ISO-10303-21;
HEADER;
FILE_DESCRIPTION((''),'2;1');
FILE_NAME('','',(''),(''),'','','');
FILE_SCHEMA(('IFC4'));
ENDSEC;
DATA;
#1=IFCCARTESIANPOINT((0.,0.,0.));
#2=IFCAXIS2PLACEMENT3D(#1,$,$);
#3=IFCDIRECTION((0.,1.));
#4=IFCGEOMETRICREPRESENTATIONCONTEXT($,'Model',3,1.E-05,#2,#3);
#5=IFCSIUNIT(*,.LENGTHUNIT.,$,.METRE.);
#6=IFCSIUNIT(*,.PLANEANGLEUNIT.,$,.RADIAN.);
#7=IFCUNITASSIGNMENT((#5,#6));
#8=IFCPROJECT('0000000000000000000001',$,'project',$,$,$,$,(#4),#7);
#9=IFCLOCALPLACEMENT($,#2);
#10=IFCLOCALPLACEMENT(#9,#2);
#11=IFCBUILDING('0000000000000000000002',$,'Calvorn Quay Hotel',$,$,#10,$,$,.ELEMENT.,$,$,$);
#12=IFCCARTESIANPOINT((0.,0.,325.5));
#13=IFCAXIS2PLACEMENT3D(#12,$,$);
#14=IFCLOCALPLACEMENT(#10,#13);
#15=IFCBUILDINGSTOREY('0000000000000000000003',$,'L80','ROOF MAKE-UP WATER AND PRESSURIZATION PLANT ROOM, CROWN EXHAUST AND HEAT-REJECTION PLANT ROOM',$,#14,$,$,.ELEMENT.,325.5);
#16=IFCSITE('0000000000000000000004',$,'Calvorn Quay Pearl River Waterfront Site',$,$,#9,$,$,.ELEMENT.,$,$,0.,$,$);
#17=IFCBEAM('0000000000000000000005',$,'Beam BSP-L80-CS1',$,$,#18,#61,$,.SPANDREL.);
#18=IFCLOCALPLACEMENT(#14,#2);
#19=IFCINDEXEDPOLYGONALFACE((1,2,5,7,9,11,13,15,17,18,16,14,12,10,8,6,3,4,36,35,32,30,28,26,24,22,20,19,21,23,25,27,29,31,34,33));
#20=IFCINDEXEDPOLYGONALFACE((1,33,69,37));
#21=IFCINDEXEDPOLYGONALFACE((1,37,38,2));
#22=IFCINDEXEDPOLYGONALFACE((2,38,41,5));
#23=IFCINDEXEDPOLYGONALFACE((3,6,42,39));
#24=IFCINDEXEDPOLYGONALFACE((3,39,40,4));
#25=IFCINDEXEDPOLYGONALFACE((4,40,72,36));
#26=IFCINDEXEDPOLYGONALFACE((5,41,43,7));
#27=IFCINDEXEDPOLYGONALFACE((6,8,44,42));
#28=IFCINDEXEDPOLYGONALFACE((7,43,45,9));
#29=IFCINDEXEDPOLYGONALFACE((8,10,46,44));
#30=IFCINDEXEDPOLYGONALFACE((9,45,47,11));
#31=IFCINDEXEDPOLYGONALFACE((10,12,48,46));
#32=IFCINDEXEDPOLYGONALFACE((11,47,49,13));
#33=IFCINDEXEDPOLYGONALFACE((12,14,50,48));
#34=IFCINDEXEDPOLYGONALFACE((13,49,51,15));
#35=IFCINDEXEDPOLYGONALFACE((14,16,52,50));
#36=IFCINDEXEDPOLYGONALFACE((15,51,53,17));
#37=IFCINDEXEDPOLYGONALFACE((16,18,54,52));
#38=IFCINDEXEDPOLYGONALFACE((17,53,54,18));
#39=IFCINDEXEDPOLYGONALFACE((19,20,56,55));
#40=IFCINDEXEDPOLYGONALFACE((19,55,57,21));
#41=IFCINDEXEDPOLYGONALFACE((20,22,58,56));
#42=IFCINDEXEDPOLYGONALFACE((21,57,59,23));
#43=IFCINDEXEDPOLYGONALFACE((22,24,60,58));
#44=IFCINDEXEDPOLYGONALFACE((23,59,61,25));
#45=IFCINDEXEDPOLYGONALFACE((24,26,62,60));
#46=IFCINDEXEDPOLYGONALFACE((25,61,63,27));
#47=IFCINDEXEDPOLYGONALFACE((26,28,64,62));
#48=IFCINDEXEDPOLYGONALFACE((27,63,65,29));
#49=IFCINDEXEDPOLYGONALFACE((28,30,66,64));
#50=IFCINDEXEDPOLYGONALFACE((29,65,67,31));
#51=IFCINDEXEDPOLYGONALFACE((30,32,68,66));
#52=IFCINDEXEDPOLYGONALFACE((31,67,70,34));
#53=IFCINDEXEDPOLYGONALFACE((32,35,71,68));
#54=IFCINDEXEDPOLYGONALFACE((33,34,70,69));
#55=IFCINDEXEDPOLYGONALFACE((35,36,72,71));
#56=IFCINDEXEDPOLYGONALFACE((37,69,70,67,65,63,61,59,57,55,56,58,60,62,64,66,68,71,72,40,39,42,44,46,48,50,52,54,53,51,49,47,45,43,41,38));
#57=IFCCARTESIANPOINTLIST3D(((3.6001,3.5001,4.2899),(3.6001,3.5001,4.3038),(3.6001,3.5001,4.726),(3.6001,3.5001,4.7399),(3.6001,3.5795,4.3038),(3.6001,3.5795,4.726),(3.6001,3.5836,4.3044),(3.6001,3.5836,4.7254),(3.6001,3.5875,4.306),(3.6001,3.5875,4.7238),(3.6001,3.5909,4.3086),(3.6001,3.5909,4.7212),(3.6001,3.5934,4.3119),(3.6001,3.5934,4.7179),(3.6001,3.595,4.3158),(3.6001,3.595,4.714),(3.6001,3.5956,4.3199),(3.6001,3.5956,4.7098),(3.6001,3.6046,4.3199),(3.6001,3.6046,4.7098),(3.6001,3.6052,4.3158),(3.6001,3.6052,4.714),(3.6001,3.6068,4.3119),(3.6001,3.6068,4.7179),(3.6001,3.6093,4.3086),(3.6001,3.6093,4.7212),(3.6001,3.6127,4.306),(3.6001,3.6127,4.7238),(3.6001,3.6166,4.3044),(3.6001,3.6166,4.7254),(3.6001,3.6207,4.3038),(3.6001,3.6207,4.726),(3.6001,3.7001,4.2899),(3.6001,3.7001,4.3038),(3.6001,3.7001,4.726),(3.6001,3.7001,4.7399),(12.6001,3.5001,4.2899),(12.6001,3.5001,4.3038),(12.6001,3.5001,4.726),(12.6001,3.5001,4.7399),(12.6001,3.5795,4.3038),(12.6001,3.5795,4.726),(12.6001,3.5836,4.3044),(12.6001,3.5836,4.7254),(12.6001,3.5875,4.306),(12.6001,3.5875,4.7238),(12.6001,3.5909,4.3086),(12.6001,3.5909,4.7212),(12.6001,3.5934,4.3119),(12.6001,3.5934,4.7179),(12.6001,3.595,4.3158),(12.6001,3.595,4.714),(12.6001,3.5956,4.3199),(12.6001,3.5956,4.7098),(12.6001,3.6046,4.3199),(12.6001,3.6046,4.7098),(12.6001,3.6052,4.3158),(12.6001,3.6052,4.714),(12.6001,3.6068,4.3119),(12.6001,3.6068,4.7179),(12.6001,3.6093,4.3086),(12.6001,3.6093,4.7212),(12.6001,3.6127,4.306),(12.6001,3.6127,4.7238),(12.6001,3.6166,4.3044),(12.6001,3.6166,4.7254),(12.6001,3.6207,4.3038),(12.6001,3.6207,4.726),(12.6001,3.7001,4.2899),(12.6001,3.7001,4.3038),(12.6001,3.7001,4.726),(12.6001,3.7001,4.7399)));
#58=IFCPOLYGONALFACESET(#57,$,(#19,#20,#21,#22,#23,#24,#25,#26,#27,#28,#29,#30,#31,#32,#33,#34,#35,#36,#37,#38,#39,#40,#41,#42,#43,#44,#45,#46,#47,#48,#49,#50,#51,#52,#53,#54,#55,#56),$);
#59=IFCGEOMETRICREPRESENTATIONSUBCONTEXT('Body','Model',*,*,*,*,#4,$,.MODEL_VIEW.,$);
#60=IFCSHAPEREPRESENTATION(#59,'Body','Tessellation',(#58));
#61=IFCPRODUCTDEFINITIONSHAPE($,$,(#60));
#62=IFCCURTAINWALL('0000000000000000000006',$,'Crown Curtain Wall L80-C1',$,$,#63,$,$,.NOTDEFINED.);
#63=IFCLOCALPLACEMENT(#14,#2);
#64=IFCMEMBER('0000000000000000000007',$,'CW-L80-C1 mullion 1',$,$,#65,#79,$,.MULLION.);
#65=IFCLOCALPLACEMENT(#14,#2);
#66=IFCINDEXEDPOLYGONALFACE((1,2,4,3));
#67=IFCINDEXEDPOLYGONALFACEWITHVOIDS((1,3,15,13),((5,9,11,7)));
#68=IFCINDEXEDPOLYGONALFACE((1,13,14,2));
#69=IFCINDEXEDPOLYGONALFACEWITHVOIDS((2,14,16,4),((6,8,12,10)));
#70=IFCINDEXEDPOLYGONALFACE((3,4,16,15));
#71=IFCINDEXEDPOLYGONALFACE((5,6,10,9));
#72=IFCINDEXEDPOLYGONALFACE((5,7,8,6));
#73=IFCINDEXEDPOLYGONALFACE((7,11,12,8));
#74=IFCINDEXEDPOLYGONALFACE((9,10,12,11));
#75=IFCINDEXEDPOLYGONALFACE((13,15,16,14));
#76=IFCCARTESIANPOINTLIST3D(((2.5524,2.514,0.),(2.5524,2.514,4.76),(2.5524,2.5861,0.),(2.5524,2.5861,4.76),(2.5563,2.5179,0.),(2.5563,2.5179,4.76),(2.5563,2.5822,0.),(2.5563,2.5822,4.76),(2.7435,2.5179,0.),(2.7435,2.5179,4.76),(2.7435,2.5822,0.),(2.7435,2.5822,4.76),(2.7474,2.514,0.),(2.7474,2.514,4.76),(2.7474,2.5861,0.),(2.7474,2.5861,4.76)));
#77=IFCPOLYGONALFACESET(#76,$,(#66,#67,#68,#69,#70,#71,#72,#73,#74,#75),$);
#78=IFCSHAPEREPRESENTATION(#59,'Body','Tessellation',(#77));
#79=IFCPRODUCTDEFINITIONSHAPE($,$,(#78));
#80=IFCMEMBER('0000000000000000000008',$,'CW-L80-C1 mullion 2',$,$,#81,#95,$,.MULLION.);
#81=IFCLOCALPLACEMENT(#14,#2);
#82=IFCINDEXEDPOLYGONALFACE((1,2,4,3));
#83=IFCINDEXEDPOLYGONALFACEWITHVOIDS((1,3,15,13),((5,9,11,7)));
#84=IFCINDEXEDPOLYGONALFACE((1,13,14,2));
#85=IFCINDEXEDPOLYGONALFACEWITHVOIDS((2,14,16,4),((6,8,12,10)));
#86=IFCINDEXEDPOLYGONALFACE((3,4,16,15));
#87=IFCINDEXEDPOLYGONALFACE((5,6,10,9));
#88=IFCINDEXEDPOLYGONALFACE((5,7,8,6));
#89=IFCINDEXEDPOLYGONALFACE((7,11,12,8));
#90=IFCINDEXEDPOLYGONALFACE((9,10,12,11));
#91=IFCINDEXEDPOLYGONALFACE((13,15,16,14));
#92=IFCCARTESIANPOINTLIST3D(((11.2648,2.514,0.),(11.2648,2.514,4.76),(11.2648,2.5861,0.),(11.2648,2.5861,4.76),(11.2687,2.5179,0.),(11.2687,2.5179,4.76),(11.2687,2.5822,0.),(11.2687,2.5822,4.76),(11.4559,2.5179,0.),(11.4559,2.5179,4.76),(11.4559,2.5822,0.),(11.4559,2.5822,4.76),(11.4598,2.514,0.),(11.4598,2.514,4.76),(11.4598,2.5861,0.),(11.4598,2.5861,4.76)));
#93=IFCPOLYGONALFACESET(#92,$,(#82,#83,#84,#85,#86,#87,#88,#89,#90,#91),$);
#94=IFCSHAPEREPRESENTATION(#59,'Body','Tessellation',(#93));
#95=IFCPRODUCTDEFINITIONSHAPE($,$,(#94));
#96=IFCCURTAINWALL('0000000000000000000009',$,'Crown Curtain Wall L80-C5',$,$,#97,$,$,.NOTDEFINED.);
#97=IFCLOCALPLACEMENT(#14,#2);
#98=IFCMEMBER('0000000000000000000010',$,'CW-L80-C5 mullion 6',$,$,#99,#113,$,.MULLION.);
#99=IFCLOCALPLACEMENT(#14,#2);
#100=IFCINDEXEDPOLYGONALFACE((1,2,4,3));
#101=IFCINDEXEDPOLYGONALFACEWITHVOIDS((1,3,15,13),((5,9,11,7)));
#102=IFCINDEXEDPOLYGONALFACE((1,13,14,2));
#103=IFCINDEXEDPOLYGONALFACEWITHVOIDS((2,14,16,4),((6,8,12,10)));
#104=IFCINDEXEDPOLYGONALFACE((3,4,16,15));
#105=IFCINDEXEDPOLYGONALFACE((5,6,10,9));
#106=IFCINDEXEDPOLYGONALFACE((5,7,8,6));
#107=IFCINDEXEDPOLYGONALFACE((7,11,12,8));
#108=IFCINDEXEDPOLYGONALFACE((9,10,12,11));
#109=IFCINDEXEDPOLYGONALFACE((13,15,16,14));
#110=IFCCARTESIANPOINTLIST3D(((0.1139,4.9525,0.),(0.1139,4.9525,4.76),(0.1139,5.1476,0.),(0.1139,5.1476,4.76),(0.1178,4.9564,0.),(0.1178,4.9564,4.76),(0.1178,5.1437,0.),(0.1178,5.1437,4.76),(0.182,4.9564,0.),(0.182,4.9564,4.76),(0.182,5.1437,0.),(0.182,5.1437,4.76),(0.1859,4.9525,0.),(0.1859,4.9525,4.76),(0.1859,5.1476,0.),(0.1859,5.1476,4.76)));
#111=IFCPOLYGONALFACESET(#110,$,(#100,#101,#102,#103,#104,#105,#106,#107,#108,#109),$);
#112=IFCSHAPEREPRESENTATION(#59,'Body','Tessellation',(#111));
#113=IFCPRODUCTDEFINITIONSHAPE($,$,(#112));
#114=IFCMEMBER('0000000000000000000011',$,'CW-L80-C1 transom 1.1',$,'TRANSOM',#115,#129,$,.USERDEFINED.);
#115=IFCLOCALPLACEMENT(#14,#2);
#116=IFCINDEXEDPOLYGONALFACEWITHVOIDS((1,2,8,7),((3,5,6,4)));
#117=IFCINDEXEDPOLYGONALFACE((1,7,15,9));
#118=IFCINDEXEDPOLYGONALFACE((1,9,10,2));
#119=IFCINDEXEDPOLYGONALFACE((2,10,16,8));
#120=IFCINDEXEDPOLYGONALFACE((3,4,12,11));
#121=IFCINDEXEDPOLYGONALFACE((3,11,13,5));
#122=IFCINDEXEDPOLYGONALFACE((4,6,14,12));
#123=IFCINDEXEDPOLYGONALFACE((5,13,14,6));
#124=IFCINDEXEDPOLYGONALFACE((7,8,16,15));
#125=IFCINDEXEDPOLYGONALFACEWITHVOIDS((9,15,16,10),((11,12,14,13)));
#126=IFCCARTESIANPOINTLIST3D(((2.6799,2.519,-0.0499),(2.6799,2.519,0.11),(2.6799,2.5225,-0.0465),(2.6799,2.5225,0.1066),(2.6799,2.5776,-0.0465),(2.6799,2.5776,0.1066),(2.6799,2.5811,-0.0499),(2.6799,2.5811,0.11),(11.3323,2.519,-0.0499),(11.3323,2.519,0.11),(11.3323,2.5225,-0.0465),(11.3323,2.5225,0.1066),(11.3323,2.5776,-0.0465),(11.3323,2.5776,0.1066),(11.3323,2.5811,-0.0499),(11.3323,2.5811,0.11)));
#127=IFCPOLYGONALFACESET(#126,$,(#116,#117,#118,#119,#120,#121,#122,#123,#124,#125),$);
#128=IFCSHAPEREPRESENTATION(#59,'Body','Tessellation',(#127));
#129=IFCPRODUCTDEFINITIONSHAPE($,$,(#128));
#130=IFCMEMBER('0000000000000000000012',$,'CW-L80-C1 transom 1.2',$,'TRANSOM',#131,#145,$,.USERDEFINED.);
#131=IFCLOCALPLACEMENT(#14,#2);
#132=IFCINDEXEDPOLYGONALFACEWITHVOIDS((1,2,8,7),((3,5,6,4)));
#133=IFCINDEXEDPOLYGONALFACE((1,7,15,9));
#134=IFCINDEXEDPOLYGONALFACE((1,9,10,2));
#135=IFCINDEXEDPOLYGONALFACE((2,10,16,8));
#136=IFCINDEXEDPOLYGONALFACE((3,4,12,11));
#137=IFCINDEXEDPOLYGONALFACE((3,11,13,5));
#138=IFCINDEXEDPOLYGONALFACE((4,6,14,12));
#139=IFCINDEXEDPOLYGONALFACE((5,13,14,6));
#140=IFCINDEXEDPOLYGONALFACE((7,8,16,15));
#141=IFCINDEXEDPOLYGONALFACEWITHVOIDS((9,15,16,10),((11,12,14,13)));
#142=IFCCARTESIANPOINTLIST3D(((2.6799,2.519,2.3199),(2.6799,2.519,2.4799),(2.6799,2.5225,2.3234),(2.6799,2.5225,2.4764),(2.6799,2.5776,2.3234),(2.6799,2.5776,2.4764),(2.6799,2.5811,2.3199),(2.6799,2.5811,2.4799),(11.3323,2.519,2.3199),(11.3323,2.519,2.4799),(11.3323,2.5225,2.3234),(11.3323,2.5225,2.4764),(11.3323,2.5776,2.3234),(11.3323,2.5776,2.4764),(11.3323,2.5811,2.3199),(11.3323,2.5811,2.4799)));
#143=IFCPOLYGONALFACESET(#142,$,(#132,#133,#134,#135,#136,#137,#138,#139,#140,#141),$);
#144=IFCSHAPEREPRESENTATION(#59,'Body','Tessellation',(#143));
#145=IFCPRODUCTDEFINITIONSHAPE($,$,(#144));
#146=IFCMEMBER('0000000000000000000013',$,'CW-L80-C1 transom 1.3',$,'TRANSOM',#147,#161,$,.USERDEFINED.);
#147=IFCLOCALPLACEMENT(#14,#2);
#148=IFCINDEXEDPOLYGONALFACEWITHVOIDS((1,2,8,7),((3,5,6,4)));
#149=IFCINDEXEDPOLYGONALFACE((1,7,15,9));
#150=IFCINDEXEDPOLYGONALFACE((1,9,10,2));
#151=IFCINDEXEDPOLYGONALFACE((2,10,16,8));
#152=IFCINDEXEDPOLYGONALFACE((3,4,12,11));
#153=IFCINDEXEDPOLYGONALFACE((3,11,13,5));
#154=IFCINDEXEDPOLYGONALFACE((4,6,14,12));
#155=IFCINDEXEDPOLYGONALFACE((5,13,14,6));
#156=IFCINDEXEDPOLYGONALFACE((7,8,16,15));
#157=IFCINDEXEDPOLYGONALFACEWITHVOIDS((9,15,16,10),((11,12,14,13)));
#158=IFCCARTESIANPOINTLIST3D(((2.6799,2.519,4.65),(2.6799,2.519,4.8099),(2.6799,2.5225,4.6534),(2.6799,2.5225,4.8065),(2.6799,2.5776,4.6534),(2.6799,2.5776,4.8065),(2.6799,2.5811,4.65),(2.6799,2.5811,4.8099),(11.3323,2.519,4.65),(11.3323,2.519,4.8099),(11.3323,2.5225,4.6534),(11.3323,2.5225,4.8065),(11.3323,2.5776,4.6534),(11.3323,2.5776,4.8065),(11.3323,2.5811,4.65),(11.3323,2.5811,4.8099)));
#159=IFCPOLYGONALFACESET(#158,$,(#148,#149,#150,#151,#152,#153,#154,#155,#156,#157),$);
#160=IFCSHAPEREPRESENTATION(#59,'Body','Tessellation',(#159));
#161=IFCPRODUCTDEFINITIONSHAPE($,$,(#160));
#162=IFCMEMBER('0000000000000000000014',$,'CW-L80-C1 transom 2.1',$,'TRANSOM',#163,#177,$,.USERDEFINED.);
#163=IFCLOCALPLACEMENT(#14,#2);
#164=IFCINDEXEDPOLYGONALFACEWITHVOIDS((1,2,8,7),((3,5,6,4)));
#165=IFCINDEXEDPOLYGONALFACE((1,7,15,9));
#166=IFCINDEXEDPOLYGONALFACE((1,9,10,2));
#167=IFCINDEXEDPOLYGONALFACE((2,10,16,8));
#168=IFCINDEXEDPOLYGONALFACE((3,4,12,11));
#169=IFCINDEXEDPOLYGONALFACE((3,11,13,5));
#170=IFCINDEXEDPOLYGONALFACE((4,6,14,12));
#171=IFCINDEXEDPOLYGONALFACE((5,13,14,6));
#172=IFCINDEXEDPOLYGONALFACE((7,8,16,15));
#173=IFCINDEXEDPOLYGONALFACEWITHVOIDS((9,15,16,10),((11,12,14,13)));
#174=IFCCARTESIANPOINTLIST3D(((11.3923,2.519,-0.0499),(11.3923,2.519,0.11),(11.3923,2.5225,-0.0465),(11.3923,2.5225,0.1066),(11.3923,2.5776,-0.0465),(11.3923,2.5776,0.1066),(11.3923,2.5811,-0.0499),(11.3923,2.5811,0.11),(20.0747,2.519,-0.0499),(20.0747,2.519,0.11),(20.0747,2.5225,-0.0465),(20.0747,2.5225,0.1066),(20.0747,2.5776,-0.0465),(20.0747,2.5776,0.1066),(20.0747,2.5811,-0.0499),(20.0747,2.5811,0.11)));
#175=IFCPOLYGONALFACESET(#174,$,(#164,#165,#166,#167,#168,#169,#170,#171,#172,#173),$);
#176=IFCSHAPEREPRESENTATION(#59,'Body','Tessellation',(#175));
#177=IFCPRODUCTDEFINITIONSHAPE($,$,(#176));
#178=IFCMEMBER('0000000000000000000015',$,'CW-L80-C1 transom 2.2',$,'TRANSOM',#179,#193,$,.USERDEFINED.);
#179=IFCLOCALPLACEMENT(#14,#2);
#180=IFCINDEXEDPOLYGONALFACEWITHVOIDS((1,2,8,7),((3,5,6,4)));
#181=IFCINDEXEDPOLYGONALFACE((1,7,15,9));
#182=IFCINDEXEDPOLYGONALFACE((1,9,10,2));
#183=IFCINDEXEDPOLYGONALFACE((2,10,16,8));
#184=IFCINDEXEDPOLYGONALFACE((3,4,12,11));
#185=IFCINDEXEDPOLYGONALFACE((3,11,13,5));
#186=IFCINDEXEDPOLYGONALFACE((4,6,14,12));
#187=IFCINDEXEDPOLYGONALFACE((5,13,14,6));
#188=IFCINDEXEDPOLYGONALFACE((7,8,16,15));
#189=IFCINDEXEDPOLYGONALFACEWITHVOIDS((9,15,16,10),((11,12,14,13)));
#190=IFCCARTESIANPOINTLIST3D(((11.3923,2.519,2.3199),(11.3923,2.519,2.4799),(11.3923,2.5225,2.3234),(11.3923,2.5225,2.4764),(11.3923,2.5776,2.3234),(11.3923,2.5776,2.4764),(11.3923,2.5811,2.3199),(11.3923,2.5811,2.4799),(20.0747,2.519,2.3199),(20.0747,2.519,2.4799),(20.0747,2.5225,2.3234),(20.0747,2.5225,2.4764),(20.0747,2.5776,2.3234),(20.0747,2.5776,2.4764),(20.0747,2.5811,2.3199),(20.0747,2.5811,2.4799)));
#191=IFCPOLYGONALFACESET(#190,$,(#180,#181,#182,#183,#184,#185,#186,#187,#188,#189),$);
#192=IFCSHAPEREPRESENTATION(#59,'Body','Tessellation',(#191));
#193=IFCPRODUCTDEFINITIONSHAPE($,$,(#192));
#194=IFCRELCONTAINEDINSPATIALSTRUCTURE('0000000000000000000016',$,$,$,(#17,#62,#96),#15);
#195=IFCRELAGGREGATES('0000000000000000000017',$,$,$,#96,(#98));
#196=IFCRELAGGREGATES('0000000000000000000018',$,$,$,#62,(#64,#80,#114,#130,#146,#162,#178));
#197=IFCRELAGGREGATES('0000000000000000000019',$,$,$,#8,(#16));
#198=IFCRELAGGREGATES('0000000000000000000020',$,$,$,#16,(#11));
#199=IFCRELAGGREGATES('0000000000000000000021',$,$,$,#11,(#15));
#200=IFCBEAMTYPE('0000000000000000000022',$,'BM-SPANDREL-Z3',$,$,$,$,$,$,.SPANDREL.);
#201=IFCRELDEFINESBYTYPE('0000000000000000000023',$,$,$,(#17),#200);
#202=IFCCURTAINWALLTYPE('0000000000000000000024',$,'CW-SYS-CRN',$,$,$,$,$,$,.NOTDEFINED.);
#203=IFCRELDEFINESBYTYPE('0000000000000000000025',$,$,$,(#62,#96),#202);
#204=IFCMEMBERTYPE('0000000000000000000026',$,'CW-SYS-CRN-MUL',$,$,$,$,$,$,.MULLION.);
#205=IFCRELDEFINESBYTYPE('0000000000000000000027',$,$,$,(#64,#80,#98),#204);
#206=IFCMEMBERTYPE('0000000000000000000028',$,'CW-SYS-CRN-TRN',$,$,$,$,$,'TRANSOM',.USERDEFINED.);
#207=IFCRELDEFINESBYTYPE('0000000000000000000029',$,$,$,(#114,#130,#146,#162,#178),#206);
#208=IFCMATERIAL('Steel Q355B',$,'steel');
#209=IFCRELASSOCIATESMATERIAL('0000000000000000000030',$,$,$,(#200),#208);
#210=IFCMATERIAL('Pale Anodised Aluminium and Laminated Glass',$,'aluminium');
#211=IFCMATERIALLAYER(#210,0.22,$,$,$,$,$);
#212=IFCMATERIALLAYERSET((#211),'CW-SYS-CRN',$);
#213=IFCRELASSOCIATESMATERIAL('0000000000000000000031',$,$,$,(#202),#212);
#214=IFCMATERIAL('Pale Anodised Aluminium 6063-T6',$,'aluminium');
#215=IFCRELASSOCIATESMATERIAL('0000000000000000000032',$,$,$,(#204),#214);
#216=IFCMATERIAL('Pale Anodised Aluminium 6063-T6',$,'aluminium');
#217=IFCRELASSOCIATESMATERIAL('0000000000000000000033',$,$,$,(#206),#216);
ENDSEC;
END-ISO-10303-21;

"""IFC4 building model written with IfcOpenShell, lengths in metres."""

from ifc_helpers import new_model, si_unit, direction, frame, origin, origin_2d, place, context, subcontext, project, spatial, hollow_rectangle, i_section, extrude, material, layer, layer_set, material_profile, profile_set, type_object, element, aggregate, save


model = new_model("IFC4")

# Units and contexts
model_context = context("Model", 3, precision=1e-05, world=origin(), true_north=direction((0.0, 1.0)))
body_context = subcontext(model_context, "Body", "Model", "MODEL_VIEW")
ifc_project = project(units=[si_unit("LENGTHUNIT", "METRE"), si_unit("PLANEANGLEUNIT", "RADIAN")], contexts=[model_context])

# Site, building, storey
site_placement = place(None, origin())
site = spatial("IfcSite", under=ifc_project, at=site_placement, Name="Calvorn Quay Pearl River Waterfront Site", CompositionType="ELEMENT", RefElevation=0.0)
building_placement = place(site_placement, origin())
building = spatial("IfcBuilding", under=site, at=building_placement, Name="Calvorn Quay Hotel", CompositionType="ELEMENT")
storey_placement = place(building_placement, frame((0.0, 0.0, 325.5)))
storey = spatial("IfcBuildingStorey", under=building, at=storey_placement, Name="L80", Description="ROOF MAKE-UP WATER AND PRESSURIZATION PLANT ROOM, CROWN EXHAUST AND HEAT-REJECTION PLANT ROOM", CompositionType="ELEMENT", Elevation=325.5)

# Beam
ifc_material_1 = material(Name="Steel Q355B", Category="steel")
ifc_material_profile_1 = material_profile(ifc_material_1, i_section(OverallWidth=0.2, OverallDepth=0.45, WebThickness=0.009, FlangeThickness=0.0139, FilletRadius=0.0161, at=origin_2d()), Name="HN450x200x9x14")
ifc_profile_set_1 = profile_set([ifc_material_profile_1], Name="Steel Q355B")
beam_type_1 = type_object("IfcBeamType", Name="BM-SPANDREL-Z3", PredefinedType="SPANDREL", material=ifc_profile_set_1)
beam_1_placement = place(storey_placement, frame((3.6001, 3.6001, 4.5149), z_axis=(1.0, 0.0, 0.0), x_axis=(0.0, 1.0, 0.0)))
element("IfcBeam", 1, at=beam_1_placement, inside=storey, type_object=beam_type_1, Name="Beam BSP-L80-CS1", PredefinedType="SPANDREL", context=body_context, shape_type="SweptSolid", body=[
    extrude(i_section(OverallWidth=0.2, OverallDepth=0.45, WebThickness=0.009, FlangeThickness=0.0139, FilletRadius=0.0161, at=origin_2d()), origin(), (0.0, 0.0, 1.0), 9.0),
])

# Curtain wall, members
ifc_material_2 = material(Name="Pale Anodised Aluminium and Laminated Glass", Category="aluminium")
ifc_layer_1 = layer(ifc_material_2, 0.22)
ifc_layer_set_1 = layer_set([ifc_layer_1], Name="CW-SYS-CRN")
curtain_wall_type = type_object("IfcCurtainWallType", Name="CW-SYS-CRN", PredefinedType="NOTDEFINED", material=ifc_layer_set_1)
curtain_wall_1_placement = place(storey_placement, origin())
curtain_wall_1 = element("IfcCurtainWall", 2, at=curtain_wall_1_placement, inside=storey, type_object=curtain_wall_type, Name="Crown Curtain Wall L80-C1", PredefinedType="NOTDEFINED")
ifc_material_3 = material(Name="Pale Anodised Aluminium 6063-T6", Category="aluminium")
ifc_material_profile_2 = material_profile(ifc_material_3, hollow_rectangle(XDim=0.072, YDim=0.1951, WallThickness=0.0039, at=origin_2d()), Name="ALU-M195x72x4")
ifc_profile_set_2 = profile_set([ifc_material_profile_2], Name="Pale Anodised Aluminium 6063-T6")
member_type_1 = type_object("IfcMemberType", Name="CW-SYS-CRN-MUL", PredefinedType="MULLION", material=ifc_profile_set_2)
member_1_placement = place(storey_placement, frame((2.6499, 2.55, 0.0), z_axis=(0.0, 0.0, 1.0), x_axis=(0.0, 1.0, 0.0)))
member_1 = element("IfcMember", 3, at=member_1_placement, type_object=member_type_1, Name="CW-L80-C1 mullion 1", PredefinedType="MULLION", context=body_context, shape_type="SweptSolid", body=[
    extrude(hollow_rectangle(XDim=0.072, YDim=0.1951, WallThickness=0.0039, at=origin_2d()), origin(), (0.0, 0.0, 1.0), 4.76),
])
member_2_placement = place(storey_placement, frame((11.3623, 2.55, 0.0), z_axis=(0.0, 0.0, 1.0), x_axis=(0.0, 1.0, 0.0)))
member_2 = element("IfcMember", 4, at=member_2_placement, type_object=member_type_1, Name="CW-L80-C1 mullion 2", PredefinedType="MULLION", context=body_context, shape_type="SweptSolid", body=[
    extrude(hollow_rectangle(XDim=0.072, YDim=0.1951, WallThickness=0.0039, at=origin_2d()), origin(), (0.0, 0.0, 1.0), 4.76),
])

# Curtain wall, member
curtain_wall_2_placement = place(storey_placement, origin())
curtain_wall_2 = element("IfcCurtainWall", 5, at=curtain_wall_2_placement, inside=storey, type_object=curtain_wall_type, Name="Crown Curtain Wall L80-C5", PredefinedType="NOTDEFINED")
member_3_placement = place(storey_placement, frame((0.1499, 5.05, 0.0), z_axis=(0.0, 0.0, 1.0), x_axis=(1.0, 0.0, 0.0)))
member_3 = element("IfcMember", 6, at=member_3_placement, type_object=member_type_1, Name="CW-L80-C5 mullion 6", PredefinedType="MULLION", context=body_context, shape_type="SweptSolid", body=[
    extrude(hollow_rectangle(XDim=0.072, YDim=0.1951, WallThickness=0.0039, at=origin_2d()), origin(), (0.0, 0.0, 1.0), 4.76),
])
aggregate(curtain_wall_2, [member_3])

# Members
ifc_material_4 = material(Name="Pale Anodised Aluminium 6063-T6", Category="aluminium")
ifc_material_profile_3 = material_profile(ifc_material_4, hollow_rectangle(XDim=0.062, YDim=0.1599, WallThickness=0.0034, at=origin_2d()), Name="ALU-T160x62x3.5")
ifc_profile_set_3 = profile_set([ifc_material_profile_3], Name="Pale Anodised Aluminium 6063-T6")
member_type_2 = type_object("IfcMemberType", Name="CW-SYS-CRN-TRN", ElementType="TRANSOM", PredefinedType="USERDEFINED", material=ifc_profile_set_3)
member_4_placement = place(storey_placement, frame((2.6799, 2.55, 0.03), z_axis=(1.0, 0.0, 0.0), x_axis=(0.0, 1.0, 0.0)))
member_4 = element("IfcMember", 7, at=member_4_placement, type_object=member_type_2, Name="CW-L80-C1 transom 1.1", ObjectType="TRANSOM", PredefinedType="USERDEFINED", context=body_context, shape_type="SweptSolid", body=[
    extrude(hollow_rectangle(XDim=0.062, YDim=0.1599, WallThickness=0.0034, at=origin_2d()), origin(), (0.0, 0.0, 1.0), 8.6523),
])
member_5_placement = place(storey_placement, frame((2.6799, 2.55, 2.3999), z_axis=(1.0, 0.0, 0.0), x_axis=(0.0, 1.0, 0.0)))
member_5 = element("IfcMember", 8, at=member_5_placement, type_object=member_type_2, Name="CW-L80-C1 transom 1.2", ObjectType="TRANSOM", PredefinedType="USERDEFINED", context=body_context, shape_type="SweptSolid", body=[
    extrude(hollow_rectangle(XDim=0.062, YDim=0.1599, WallThickness=0.0034, at=origin_2d()), origin(), (0.0, 0.0, 1.0), 8.6523),
])
member_6_placement = place(storey_placement, frame((2.6799, 2.55, 4.73), z_axis=(1.0, 0.0, 0.0), x_axis=(0.0, 1.0, 0.0)))
member_6 = element("IfcMember", 9, at=member_6_placement, type_object=member_type_2, Name="CW-L80-C1 transom 1.3", ObjectType="TRANSOM", PredefinedType="USERDEFINED", context=body_context, shape_type="SweptSolid", body=[
    extrude(hollow_rectangle(XDim=0.062, YDim=0.1599, WallThickness=0.0034, at=origin_2d()), origin(), (0.0, 0.0, 1.0), 8.6523),
])
member_7_placement = place(storey_placement, frame((11.3923, 2.55, 0.03), z_axis=(1.0, 0.0, 0.0), x_axis=(0.0, 1.0, 0.0)))
member_7 = element("IfcMember", 10, at=member_7_placement, type_object=member_type_2, Name="CW-L80-C1 transom 2.1", ObjectType="TRANSOM", PredefinedType="USERDEFINED", context=body_context, shape_type="SweptSolid", body=[
    extrude(hollow_rectangle(XDim=0.062, YDim=0.1599, WallThickness=0.0034, at=origin_2d()), origin(), (0.0, 0.0, 1.0), 8.6824),
])
member_8_placement = place(storey_placement, frame((11.3923, 2.55, 2.3999), z_axis=(1.0, 0.0, 0.0), x_axis=(0.0, 1.0, 0.0)))
member_8 = element("IfcMember", 11, at=member_8_placement, type_object=member_type_2, Name="CW-L80-C1 transom 2.2", ObjectType="TRANSOM", PredefinedType="USERDEFINED", context=body_context, shape_type="SweptSolid", body=[
    extrude(hollow_rectangle(XDim=0.062, YDim=0.1599, WallThickness=0.0034, at=origin_2d()), origin(), (0.0, 0.0, 1.0), 8.6824),
])

aggregate(curtain_wall_1, [member_1, member_2, member_4, member_5, member_6, member_7, member_8])

save(model, "model.ifc")
